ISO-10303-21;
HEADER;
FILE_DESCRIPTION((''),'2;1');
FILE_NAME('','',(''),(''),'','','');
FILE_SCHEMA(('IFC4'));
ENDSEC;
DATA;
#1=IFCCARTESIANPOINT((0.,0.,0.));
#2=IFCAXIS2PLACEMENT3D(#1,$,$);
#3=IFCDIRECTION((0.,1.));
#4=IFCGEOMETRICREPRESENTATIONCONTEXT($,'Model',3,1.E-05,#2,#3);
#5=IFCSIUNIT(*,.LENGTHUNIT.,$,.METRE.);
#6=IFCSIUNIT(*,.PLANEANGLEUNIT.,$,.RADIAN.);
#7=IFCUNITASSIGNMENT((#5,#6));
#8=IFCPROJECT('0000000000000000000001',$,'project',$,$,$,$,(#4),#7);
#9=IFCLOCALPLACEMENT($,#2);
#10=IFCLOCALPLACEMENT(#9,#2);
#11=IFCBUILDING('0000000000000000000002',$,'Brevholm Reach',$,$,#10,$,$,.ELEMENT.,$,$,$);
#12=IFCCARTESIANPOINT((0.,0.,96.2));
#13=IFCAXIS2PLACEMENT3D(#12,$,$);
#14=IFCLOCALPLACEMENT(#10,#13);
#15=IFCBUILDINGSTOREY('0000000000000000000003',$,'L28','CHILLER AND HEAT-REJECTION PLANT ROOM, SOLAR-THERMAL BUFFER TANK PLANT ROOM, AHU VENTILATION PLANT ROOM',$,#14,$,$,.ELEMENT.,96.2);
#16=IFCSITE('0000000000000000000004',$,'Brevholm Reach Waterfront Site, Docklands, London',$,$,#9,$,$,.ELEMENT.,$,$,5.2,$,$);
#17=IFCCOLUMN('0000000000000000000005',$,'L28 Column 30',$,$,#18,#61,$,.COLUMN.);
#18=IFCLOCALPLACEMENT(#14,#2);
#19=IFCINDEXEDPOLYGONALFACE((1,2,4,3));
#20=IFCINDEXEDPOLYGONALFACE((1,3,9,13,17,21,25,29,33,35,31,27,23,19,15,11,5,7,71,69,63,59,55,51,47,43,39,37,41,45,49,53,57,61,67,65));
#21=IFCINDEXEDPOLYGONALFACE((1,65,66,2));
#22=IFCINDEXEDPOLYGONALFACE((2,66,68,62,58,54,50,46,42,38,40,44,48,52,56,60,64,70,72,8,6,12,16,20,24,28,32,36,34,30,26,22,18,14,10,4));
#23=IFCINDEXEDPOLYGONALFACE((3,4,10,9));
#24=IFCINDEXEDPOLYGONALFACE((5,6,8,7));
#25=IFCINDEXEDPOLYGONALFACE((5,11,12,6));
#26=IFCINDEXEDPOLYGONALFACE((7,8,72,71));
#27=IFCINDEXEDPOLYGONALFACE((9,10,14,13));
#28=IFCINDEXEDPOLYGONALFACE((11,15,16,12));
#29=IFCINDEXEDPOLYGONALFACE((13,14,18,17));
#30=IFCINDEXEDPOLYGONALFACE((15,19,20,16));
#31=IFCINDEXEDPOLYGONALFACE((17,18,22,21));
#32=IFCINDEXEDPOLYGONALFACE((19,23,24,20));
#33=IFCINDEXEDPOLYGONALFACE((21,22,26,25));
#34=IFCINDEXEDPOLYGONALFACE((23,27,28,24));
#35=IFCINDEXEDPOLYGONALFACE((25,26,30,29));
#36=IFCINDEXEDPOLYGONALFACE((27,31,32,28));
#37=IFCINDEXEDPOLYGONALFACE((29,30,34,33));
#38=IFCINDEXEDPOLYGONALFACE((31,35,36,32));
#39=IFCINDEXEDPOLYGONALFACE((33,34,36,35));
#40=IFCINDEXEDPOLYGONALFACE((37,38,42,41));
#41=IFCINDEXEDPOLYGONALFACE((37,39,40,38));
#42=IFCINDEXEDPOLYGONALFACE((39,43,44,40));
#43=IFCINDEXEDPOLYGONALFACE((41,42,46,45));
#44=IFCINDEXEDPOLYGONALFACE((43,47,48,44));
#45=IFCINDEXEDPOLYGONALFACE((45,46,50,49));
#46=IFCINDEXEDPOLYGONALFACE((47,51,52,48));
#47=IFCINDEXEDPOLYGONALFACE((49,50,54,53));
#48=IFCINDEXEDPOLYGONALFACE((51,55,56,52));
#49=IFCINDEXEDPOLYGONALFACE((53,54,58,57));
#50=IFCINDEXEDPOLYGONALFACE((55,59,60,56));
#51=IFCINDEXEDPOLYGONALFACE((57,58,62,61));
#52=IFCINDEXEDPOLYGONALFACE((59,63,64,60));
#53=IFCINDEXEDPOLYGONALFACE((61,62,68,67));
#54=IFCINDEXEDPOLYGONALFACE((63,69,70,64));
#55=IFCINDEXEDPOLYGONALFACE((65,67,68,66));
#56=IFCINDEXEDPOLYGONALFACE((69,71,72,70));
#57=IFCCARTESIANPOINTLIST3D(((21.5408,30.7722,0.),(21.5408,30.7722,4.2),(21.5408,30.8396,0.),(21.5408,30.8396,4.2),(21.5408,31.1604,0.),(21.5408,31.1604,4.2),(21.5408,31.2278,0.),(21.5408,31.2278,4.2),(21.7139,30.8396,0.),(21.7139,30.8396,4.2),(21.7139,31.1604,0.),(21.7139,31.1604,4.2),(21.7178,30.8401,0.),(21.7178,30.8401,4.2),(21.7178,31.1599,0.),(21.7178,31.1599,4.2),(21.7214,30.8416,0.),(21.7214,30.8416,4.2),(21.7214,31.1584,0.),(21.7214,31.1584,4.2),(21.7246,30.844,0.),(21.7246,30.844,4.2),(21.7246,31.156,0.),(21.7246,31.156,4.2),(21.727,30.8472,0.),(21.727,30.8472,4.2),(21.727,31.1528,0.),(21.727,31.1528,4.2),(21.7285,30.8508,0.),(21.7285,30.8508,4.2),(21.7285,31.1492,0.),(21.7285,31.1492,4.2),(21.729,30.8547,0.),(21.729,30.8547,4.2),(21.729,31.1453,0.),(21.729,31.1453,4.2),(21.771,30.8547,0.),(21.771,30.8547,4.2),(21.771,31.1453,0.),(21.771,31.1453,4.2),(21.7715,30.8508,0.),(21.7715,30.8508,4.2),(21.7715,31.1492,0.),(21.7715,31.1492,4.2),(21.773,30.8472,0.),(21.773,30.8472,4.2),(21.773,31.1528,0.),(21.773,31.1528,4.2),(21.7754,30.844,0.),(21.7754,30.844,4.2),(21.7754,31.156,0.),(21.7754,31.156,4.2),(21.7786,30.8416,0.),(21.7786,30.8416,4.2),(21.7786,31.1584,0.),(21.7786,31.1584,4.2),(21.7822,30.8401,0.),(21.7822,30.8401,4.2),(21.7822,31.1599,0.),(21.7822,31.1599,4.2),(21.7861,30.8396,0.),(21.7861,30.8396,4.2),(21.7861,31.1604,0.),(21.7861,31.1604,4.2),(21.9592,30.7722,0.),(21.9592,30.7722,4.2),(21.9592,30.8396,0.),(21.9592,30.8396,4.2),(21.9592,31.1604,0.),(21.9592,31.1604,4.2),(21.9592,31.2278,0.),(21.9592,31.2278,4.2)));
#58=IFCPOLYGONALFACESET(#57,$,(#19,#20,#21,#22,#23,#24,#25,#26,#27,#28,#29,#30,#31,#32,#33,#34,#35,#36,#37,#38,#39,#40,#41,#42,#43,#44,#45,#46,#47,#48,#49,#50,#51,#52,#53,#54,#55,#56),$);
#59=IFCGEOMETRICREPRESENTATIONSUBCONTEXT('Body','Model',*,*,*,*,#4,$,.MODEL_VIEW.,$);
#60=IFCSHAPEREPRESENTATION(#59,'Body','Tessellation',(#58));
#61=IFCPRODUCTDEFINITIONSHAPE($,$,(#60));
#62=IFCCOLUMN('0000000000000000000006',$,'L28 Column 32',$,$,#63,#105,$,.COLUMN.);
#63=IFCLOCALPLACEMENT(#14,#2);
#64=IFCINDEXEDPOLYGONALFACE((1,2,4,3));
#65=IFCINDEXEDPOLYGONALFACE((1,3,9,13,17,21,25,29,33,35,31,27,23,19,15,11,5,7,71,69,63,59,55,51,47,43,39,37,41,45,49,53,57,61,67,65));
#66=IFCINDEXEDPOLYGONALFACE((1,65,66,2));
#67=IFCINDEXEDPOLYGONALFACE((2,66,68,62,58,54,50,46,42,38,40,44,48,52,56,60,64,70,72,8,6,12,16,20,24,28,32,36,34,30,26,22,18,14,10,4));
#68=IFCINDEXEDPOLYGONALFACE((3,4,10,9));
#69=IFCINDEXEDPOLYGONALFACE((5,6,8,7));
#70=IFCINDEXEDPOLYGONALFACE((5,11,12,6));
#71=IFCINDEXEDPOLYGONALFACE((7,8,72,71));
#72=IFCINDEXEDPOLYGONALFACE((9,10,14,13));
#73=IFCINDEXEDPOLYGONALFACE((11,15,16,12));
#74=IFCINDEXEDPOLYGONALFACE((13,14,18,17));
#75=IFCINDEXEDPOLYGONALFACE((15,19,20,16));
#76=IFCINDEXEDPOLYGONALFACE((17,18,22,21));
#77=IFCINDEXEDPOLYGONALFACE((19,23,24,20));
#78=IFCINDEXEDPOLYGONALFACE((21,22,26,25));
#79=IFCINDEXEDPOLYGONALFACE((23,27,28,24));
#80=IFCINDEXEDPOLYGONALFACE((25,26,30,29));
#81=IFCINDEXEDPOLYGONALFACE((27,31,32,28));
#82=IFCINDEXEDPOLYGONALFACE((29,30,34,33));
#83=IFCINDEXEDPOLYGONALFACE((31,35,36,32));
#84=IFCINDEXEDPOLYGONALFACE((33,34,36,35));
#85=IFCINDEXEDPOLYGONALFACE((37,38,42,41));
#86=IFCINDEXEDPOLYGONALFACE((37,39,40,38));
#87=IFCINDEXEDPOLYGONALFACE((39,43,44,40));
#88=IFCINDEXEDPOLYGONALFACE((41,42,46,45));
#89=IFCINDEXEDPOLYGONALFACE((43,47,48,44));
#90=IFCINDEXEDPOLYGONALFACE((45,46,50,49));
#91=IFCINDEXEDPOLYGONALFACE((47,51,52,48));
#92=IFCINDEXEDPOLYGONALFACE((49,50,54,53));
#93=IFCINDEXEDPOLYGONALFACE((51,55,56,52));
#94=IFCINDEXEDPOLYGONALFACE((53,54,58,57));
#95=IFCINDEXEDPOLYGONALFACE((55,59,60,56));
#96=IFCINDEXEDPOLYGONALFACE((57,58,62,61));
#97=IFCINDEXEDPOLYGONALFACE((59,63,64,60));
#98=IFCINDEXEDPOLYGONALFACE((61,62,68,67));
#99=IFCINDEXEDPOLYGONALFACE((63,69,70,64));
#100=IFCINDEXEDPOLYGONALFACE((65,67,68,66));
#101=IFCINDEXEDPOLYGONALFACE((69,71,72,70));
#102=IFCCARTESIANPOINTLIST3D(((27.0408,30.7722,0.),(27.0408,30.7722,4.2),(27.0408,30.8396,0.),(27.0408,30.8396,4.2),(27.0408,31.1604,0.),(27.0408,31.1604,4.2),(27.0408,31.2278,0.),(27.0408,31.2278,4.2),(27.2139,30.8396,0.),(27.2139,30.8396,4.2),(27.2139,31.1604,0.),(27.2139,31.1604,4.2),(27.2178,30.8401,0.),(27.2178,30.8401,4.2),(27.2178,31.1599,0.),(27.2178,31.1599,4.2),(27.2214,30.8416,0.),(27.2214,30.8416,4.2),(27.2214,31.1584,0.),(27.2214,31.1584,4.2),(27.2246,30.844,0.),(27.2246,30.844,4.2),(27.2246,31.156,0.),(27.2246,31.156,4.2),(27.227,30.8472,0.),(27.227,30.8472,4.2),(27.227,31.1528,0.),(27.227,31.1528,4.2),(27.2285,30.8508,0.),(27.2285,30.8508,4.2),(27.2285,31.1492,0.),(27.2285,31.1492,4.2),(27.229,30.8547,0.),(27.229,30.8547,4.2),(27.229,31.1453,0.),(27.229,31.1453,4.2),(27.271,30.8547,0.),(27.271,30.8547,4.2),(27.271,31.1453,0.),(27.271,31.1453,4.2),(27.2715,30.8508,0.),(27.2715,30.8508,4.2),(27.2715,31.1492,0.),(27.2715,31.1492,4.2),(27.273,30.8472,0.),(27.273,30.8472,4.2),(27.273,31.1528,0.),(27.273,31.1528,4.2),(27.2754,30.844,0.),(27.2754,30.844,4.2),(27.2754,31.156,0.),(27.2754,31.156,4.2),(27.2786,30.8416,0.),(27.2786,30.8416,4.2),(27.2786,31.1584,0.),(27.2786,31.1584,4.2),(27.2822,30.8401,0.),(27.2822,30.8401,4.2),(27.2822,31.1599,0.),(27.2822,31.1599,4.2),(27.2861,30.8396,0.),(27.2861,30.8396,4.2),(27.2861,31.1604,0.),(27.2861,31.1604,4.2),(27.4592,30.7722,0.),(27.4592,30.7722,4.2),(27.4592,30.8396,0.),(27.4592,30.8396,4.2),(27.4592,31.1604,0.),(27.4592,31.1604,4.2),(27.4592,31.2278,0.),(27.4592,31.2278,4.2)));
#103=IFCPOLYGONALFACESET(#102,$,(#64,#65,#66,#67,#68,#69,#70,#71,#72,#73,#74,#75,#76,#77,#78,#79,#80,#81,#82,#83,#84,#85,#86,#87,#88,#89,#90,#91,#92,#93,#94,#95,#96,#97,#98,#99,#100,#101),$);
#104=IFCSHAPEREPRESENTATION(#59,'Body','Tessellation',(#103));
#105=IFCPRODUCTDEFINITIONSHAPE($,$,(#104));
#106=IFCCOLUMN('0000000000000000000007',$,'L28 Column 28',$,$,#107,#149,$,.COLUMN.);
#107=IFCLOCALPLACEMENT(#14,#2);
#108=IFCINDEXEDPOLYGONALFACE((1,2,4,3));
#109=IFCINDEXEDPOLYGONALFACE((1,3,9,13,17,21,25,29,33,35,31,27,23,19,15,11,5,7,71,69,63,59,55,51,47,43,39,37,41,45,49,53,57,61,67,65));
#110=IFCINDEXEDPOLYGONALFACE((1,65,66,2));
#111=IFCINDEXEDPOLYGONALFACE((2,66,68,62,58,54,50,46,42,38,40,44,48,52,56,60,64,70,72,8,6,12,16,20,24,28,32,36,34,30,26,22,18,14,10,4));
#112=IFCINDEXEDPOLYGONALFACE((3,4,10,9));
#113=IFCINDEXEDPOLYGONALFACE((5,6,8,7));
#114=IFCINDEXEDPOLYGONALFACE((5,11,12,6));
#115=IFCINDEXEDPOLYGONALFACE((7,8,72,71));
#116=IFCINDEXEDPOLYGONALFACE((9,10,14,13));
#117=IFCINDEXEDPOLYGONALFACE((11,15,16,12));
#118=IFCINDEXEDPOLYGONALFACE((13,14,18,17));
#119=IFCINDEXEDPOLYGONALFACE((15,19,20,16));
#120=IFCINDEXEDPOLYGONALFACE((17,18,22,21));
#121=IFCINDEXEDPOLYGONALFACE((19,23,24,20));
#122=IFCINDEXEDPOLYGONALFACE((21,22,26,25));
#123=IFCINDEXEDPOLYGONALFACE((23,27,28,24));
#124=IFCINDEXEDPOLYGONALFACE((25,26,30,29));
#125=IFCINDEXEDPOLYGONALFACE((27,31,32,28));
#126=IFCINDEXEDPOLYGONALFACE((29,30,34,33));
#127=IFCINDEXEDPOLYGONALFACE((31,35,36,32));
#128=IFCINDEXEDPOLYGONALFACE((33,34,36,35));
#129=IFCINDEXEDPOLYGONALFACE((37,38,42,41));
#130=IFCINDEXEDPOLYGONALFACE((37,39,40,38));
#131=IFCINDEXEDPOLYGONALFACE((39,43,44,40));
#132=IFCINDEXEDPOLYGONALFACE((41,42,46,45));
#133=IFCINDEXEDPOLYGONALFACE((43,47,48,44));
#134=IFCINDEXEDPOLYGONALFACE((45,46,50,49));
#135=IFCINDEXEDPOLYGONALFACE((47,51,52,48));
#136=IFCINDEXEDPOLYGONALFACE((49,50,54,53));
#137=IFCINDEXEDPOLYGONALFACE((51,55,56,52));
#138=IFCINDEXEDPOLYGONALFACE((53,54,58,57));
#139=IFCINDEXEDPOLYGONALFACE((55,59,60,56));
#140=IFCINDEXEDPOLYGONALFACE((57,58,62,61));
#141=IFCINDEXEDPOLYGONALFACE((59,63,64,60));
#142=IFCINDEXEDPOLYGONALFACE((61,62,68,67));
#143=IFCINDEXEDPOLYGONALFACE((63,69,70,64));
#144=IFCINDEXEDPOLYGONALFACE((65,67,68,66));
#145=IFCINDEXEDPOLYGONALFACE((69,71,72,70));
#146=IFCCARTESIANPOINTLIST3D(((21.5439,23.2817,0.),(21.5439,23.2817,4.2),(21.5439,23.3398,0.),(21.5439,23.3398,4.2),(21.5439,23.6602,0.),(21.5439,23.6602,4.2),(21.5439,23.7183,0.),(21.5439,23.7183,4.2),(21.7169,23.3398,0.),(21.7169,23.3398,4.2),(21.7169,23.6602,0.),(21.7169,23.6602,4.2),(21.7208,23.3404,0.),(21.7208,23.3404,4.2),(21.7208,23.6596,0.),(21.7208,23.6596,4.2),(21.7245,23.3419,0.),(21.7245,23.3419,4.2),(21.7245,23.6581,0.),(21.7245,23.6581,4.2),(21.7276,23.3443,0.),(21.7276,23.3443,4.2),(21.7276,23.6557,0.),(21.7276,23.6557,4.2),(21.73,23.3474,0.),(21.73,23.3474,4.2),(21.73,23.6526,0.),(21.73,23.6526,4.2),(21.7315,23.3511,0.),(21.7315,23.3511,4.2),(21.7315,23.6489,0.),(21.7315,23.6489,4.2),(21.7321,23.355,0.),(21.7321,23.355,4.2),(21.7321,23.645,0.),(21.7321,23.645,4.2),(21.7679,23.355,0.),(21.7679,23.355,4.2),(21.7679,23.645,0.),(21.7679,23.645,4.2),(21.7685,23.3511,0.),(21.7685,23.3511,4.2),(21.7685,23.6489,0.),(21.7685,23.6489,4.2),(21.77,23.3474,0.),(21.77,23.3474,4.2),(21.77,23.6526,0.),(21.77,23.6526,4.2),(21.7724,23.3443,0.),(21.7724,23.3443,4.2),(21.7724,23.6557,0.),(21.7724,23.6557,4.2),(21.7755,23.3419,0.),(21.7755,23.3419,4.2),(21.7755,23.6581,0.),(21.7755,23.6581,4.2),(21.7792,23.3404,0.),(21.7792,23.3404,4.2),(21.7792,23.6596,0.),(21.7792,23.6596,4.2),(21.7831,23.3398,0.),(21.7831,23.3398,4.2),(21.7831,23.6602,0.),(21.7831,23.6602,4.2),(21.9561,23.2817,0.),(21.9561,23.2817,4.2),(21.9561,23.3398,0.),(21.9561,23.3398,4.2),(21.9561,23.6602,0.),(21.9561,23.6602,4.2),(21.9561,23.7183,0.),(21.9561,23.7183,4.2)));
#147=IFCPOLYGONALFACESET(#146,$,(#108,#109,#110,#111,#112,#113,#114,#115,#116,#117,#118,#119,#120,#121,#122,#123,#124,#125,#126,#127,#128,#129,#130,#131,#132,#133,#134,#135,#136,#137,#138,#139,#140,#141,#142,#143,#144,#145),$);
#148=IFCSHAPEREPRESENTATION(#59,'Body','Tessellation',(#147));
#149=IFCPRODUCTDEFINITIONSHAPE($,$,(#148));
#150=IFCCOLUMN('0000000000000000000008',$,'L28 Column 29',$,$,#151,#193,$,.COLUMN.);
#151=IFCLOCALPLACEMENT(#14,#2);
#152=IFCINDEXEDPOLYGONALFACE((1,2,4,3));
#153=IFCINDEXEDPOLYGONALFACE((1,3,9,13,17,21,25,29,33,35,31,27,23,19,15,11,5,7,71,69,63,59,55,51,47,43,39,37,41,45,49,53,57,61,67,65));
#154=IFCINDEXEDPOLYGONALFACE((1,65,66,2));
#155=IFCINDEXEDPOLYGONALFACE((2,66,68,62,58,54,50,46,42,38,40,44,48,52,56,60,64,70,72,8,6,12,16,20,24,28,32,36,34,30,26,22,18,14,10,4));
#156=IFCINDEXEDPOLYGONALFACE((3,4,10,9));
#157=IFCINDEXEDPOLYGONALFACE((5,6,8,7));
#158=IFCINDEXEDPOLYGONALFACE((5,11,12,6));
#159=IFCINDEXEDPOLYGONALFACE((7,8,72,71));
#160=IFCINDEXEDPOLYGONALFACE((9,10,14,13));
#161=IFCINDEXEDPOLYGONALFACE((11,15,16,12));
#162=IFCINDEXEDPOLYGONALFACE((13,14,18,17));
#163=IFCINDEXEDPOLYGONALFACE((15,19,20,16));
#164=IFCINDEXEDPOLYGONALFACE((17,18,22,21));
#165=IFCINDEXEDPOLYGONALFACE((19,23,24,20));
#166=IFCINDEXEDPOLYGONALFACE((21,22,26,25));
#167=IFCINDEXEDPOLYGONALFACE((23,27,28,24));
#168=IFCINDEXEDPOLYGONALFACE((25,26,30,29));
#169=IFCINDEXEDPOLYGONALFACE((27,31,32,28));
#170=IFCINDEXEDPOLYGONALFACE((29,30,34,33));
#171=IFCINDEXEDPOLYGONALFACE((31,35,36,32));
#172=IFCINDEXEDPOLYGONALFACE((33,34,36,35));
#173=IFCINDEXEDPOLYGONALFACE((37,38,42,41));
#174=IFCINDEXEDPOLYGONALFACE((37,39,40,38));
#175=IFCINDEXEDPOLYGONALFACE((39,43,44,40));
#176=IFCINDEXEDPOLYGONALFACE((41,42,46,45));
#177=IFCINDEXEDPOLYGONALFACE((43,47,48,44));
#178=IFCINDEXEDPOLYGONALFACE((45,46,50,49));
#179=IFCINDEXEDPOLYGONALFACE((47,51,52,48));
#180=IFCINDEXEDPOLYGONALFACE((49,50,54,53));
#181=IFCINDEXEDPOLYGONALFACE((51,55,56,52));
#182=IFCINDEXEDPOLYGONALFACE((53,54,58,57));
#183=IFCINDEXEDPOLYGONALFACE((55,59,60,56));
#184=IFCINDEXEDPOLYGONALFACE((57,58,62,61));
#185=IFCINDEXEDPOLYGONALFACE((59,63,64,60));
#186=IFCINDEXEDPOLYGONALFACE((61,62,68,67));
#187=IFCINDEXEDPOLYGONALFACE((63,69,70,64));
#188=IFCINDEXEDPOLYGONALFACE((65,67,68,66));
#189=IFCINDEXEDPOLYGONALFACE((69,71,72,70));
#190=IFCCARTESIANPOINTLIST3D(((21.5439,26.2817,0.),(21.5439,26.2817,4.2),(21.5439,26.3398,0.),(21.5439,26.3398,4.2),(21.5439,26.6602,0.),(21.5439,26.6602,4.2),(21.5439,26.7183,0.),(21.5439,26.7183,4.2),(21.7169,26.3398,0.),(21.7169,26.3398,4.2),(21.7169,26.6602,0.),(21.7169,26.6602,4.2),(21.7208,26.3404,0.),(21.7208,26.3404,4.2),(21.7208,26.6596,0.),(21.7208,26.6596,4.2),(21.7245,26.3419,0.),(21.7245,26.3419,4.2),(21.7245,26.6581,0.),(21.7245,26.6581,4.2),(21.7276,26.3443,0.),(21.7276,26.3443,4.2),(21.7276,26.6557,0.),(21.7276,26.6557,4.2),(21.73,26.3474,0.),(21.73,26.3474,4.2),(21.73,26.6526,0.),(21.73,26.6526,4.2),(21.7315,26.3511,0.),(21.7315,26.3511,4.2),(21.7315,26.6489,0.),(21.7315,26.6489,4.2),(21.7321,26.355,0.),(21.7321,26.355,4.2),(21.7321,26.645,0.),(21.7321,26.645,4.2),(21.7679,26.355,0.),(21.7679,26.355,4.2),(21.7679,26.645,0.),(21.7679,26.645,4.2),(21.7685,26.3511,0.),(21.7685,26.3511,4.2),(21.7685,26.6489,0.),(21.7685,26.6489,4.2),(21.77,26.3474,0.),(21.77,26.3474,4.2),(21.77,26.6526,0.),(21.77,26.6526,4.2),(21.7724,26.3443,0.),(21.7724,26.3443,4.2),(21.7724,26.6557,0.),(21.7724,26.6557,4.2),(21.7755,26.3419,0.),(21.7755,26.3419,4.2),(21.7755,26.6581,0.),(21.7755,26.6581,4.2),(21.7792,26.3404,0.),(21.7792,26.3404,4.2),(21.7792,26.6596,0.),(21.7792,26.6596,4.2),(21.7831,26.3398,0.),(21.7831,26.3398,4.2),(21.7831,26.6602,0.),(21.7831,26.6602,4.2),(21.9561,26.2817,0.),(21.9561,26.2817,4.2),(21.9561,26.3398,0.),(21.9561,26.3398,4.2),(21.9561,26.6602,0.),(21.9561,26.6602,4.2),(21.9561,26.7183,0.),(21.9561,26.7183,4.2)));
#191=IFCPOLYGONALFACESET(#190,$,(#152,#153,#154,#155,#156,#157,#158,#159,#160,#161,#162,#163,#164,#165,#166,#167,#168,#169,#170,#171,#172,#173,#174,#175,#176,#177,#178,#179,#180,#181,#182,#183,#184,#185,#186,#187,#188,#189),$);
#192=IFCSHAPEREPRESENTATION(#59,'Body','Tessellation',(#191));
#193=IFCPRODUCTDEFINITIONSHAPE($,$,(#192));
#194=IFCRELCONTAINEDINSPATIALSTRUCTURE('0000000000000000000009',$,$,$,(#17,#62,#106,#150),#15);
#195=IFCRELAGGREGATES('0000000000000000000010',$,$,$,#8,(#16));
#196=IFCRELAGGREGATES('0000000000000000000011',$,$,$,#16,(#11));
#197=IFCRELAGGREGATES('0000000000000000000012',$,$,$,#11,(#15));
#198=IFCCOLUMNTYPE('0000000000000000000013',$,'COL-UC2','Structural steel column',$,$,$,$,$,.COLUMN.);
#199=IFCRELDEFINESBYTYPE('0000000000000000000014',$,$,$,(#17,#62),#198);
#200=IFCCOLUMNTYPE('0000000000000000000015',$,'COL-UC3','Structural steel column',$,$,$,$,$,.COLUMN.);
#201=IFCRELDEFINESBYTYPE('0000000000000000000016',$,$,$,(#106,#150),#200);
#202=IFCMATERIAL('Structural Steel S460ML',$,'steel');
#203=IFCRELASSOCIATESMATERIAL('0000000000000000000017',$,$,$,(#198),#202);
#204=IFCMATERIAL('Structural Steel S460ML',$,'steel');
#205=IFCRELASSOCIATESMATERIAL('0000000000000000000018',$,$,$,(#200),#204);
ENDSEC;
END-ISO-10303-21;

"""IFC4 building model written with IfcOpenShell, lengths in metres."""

from ifc_helpers import new_model, si_unit, direction, frame, origin, origin_2d, place, context, subcontext, project, spatial, i_section, extrude, material, material_profile, profile_set, type_object, element, save


model = new_model("IFC4")

# Units and contexts
model_context = context("Model", 3, precision=1e-05, world=origin(), true_north=direction((0.0, 1.0)))
body_context = subcontext(model_context, "Body", "Model", "MODEL_VIEW")
ifc_project = project(units=[si_unit("LENGTHUNIT", "METRE"), si_unit("PLANEANGLEUNIT", "RADIAN")], contexts=[model_context])

# Site, building, storey
site_placement = place(None, origin())
site = spatial("IfcSite", under=ifc_project, at=site_placement, Name="Brevholm Reach Waterfront Site, Docklands, London", CompositionType="ELEMENT", RefElevation=5.2)
building_placement = place(site_placement, origin())
building = spatial("IfcBuilding", under=site, at=building_placement, Name="Brevholm Reach", CompositionType="ELEMENT")
storey_placement = place(building_placement, frame((0.0, 0.0, 96.2)))
storey = spatial("IfcBuildingStorey", under=building, at=storey_placement, Name="L28", Description="CHILLER AND HEAT-REJECTION PLANT ROOM, SOLAR-THERMAL BUFFER TANK PLANT ROOM, AHU VENTILATION PLANT ROOM", CompositionType="ELEMENT", Elevation=96.2)

# Columns
ifc_material_1 = material(Name="Structural Steel S460ML", Category="steel")
ifc_material_profile_1 = material_profile(ifc_material_1, i_section(OverallWidth=0.4185, OverallDepth=0.4556, WebThickness=0.042, FlangeThickness=0.0674, FilletRadius=0.0151, at=origin_2d()), Name="UKC 356x406x551")
ifc_profile_set_1 = profile_set([ifc_material_profile_1], Name="Structural Steel S460ML")
column_type_1 = type_object("IfcColumnType", Name="COL-UC2", Description="Structural steel column", PredefinedType="COLUMN", material=ifc_profile_set_1)
for number, where, z_axis, x_axis, name in (
    (1, (21.75, 31.0, 0.0), (0.0, 0.0, 1.0), (1.0, 0.0, 0.0), "L28 Column 30"),
    (2, (27.25, 31.0, 0.0), (0.0, 0.0, 1.0), (1.0, 0.0, 0.0), "L28 Column 32"),
):
    element("IfcColumn", number, at=place(storey_placement, frame(where, z_axis=z_axis, x_axis=x_axis)), inside=storey, type_object=column_type_1, Name=name, PredefinedType="COLUMN", context=body_context, shape_type="SweptSolid", body=[
        extrude(i_section(OverallWidth=0.4185, OverallDepth=0.4556, WebThickness=0.042, FlangeThickness=0.0674, FilletRadius=0.0151, at=origin_2d()), origin(), (0.0, 0.0, 1.0), 4.2),
    ])
ifc_material_2 = material(Name="Structural Steel S460ML", Category="steel")
ifc_material_profile_2 = material_profile(ifc_material_2, i_section(OverallWidth=0.4121, OverallDepth=0.4365, WebThickness=0.0359, FlangeThickness=0.0581, FilletRadius=0.0151, at=origin_2d()), Name="UKC 356x406x467")
ifc_profile_set_2 = profile_set([ifc_material_profile_2], Name="Structural Steel S460ML")
column_type_2 = type_object("IfcColumnType", Name="COL-UC3", Description="Structural steel column", PredefinedType="COLUMN", material=ifc_profile_set_2)
for number, where, z_axis, x_axis, name in (
    (3, (21.75, 23.5, 0.0), (0.0, 0.0, 1.0), (1.0, 0.0, 0.0), "L28 Column 28"),
    (4, (21.75, 26.5, 0.0), (0.0, 0.0, 1.0), (1.0, 0.0, 0.0), "L28 Column 29"),
):
    element("IfcColumn", number, at=place(storey_placement, frame(where, z_axis=z_axis, x_axis=x_axis)), inside=storey, type_object=column_type_2, Name=name, PredefinedType="COLUMN", context=body_context, shape_type="SweptSolid", body=[
        extrude(i_section(OverallWidth=0.4121, OverallDepth=0.4365, WebThickness=0.0359, FlangeThickness=0.0581, FilletRadius=0.0151, at=origin_2d()), origin(), (0.0, 0.0, 1.0), 4.2),
    ])

save(model, "model.ifc")
